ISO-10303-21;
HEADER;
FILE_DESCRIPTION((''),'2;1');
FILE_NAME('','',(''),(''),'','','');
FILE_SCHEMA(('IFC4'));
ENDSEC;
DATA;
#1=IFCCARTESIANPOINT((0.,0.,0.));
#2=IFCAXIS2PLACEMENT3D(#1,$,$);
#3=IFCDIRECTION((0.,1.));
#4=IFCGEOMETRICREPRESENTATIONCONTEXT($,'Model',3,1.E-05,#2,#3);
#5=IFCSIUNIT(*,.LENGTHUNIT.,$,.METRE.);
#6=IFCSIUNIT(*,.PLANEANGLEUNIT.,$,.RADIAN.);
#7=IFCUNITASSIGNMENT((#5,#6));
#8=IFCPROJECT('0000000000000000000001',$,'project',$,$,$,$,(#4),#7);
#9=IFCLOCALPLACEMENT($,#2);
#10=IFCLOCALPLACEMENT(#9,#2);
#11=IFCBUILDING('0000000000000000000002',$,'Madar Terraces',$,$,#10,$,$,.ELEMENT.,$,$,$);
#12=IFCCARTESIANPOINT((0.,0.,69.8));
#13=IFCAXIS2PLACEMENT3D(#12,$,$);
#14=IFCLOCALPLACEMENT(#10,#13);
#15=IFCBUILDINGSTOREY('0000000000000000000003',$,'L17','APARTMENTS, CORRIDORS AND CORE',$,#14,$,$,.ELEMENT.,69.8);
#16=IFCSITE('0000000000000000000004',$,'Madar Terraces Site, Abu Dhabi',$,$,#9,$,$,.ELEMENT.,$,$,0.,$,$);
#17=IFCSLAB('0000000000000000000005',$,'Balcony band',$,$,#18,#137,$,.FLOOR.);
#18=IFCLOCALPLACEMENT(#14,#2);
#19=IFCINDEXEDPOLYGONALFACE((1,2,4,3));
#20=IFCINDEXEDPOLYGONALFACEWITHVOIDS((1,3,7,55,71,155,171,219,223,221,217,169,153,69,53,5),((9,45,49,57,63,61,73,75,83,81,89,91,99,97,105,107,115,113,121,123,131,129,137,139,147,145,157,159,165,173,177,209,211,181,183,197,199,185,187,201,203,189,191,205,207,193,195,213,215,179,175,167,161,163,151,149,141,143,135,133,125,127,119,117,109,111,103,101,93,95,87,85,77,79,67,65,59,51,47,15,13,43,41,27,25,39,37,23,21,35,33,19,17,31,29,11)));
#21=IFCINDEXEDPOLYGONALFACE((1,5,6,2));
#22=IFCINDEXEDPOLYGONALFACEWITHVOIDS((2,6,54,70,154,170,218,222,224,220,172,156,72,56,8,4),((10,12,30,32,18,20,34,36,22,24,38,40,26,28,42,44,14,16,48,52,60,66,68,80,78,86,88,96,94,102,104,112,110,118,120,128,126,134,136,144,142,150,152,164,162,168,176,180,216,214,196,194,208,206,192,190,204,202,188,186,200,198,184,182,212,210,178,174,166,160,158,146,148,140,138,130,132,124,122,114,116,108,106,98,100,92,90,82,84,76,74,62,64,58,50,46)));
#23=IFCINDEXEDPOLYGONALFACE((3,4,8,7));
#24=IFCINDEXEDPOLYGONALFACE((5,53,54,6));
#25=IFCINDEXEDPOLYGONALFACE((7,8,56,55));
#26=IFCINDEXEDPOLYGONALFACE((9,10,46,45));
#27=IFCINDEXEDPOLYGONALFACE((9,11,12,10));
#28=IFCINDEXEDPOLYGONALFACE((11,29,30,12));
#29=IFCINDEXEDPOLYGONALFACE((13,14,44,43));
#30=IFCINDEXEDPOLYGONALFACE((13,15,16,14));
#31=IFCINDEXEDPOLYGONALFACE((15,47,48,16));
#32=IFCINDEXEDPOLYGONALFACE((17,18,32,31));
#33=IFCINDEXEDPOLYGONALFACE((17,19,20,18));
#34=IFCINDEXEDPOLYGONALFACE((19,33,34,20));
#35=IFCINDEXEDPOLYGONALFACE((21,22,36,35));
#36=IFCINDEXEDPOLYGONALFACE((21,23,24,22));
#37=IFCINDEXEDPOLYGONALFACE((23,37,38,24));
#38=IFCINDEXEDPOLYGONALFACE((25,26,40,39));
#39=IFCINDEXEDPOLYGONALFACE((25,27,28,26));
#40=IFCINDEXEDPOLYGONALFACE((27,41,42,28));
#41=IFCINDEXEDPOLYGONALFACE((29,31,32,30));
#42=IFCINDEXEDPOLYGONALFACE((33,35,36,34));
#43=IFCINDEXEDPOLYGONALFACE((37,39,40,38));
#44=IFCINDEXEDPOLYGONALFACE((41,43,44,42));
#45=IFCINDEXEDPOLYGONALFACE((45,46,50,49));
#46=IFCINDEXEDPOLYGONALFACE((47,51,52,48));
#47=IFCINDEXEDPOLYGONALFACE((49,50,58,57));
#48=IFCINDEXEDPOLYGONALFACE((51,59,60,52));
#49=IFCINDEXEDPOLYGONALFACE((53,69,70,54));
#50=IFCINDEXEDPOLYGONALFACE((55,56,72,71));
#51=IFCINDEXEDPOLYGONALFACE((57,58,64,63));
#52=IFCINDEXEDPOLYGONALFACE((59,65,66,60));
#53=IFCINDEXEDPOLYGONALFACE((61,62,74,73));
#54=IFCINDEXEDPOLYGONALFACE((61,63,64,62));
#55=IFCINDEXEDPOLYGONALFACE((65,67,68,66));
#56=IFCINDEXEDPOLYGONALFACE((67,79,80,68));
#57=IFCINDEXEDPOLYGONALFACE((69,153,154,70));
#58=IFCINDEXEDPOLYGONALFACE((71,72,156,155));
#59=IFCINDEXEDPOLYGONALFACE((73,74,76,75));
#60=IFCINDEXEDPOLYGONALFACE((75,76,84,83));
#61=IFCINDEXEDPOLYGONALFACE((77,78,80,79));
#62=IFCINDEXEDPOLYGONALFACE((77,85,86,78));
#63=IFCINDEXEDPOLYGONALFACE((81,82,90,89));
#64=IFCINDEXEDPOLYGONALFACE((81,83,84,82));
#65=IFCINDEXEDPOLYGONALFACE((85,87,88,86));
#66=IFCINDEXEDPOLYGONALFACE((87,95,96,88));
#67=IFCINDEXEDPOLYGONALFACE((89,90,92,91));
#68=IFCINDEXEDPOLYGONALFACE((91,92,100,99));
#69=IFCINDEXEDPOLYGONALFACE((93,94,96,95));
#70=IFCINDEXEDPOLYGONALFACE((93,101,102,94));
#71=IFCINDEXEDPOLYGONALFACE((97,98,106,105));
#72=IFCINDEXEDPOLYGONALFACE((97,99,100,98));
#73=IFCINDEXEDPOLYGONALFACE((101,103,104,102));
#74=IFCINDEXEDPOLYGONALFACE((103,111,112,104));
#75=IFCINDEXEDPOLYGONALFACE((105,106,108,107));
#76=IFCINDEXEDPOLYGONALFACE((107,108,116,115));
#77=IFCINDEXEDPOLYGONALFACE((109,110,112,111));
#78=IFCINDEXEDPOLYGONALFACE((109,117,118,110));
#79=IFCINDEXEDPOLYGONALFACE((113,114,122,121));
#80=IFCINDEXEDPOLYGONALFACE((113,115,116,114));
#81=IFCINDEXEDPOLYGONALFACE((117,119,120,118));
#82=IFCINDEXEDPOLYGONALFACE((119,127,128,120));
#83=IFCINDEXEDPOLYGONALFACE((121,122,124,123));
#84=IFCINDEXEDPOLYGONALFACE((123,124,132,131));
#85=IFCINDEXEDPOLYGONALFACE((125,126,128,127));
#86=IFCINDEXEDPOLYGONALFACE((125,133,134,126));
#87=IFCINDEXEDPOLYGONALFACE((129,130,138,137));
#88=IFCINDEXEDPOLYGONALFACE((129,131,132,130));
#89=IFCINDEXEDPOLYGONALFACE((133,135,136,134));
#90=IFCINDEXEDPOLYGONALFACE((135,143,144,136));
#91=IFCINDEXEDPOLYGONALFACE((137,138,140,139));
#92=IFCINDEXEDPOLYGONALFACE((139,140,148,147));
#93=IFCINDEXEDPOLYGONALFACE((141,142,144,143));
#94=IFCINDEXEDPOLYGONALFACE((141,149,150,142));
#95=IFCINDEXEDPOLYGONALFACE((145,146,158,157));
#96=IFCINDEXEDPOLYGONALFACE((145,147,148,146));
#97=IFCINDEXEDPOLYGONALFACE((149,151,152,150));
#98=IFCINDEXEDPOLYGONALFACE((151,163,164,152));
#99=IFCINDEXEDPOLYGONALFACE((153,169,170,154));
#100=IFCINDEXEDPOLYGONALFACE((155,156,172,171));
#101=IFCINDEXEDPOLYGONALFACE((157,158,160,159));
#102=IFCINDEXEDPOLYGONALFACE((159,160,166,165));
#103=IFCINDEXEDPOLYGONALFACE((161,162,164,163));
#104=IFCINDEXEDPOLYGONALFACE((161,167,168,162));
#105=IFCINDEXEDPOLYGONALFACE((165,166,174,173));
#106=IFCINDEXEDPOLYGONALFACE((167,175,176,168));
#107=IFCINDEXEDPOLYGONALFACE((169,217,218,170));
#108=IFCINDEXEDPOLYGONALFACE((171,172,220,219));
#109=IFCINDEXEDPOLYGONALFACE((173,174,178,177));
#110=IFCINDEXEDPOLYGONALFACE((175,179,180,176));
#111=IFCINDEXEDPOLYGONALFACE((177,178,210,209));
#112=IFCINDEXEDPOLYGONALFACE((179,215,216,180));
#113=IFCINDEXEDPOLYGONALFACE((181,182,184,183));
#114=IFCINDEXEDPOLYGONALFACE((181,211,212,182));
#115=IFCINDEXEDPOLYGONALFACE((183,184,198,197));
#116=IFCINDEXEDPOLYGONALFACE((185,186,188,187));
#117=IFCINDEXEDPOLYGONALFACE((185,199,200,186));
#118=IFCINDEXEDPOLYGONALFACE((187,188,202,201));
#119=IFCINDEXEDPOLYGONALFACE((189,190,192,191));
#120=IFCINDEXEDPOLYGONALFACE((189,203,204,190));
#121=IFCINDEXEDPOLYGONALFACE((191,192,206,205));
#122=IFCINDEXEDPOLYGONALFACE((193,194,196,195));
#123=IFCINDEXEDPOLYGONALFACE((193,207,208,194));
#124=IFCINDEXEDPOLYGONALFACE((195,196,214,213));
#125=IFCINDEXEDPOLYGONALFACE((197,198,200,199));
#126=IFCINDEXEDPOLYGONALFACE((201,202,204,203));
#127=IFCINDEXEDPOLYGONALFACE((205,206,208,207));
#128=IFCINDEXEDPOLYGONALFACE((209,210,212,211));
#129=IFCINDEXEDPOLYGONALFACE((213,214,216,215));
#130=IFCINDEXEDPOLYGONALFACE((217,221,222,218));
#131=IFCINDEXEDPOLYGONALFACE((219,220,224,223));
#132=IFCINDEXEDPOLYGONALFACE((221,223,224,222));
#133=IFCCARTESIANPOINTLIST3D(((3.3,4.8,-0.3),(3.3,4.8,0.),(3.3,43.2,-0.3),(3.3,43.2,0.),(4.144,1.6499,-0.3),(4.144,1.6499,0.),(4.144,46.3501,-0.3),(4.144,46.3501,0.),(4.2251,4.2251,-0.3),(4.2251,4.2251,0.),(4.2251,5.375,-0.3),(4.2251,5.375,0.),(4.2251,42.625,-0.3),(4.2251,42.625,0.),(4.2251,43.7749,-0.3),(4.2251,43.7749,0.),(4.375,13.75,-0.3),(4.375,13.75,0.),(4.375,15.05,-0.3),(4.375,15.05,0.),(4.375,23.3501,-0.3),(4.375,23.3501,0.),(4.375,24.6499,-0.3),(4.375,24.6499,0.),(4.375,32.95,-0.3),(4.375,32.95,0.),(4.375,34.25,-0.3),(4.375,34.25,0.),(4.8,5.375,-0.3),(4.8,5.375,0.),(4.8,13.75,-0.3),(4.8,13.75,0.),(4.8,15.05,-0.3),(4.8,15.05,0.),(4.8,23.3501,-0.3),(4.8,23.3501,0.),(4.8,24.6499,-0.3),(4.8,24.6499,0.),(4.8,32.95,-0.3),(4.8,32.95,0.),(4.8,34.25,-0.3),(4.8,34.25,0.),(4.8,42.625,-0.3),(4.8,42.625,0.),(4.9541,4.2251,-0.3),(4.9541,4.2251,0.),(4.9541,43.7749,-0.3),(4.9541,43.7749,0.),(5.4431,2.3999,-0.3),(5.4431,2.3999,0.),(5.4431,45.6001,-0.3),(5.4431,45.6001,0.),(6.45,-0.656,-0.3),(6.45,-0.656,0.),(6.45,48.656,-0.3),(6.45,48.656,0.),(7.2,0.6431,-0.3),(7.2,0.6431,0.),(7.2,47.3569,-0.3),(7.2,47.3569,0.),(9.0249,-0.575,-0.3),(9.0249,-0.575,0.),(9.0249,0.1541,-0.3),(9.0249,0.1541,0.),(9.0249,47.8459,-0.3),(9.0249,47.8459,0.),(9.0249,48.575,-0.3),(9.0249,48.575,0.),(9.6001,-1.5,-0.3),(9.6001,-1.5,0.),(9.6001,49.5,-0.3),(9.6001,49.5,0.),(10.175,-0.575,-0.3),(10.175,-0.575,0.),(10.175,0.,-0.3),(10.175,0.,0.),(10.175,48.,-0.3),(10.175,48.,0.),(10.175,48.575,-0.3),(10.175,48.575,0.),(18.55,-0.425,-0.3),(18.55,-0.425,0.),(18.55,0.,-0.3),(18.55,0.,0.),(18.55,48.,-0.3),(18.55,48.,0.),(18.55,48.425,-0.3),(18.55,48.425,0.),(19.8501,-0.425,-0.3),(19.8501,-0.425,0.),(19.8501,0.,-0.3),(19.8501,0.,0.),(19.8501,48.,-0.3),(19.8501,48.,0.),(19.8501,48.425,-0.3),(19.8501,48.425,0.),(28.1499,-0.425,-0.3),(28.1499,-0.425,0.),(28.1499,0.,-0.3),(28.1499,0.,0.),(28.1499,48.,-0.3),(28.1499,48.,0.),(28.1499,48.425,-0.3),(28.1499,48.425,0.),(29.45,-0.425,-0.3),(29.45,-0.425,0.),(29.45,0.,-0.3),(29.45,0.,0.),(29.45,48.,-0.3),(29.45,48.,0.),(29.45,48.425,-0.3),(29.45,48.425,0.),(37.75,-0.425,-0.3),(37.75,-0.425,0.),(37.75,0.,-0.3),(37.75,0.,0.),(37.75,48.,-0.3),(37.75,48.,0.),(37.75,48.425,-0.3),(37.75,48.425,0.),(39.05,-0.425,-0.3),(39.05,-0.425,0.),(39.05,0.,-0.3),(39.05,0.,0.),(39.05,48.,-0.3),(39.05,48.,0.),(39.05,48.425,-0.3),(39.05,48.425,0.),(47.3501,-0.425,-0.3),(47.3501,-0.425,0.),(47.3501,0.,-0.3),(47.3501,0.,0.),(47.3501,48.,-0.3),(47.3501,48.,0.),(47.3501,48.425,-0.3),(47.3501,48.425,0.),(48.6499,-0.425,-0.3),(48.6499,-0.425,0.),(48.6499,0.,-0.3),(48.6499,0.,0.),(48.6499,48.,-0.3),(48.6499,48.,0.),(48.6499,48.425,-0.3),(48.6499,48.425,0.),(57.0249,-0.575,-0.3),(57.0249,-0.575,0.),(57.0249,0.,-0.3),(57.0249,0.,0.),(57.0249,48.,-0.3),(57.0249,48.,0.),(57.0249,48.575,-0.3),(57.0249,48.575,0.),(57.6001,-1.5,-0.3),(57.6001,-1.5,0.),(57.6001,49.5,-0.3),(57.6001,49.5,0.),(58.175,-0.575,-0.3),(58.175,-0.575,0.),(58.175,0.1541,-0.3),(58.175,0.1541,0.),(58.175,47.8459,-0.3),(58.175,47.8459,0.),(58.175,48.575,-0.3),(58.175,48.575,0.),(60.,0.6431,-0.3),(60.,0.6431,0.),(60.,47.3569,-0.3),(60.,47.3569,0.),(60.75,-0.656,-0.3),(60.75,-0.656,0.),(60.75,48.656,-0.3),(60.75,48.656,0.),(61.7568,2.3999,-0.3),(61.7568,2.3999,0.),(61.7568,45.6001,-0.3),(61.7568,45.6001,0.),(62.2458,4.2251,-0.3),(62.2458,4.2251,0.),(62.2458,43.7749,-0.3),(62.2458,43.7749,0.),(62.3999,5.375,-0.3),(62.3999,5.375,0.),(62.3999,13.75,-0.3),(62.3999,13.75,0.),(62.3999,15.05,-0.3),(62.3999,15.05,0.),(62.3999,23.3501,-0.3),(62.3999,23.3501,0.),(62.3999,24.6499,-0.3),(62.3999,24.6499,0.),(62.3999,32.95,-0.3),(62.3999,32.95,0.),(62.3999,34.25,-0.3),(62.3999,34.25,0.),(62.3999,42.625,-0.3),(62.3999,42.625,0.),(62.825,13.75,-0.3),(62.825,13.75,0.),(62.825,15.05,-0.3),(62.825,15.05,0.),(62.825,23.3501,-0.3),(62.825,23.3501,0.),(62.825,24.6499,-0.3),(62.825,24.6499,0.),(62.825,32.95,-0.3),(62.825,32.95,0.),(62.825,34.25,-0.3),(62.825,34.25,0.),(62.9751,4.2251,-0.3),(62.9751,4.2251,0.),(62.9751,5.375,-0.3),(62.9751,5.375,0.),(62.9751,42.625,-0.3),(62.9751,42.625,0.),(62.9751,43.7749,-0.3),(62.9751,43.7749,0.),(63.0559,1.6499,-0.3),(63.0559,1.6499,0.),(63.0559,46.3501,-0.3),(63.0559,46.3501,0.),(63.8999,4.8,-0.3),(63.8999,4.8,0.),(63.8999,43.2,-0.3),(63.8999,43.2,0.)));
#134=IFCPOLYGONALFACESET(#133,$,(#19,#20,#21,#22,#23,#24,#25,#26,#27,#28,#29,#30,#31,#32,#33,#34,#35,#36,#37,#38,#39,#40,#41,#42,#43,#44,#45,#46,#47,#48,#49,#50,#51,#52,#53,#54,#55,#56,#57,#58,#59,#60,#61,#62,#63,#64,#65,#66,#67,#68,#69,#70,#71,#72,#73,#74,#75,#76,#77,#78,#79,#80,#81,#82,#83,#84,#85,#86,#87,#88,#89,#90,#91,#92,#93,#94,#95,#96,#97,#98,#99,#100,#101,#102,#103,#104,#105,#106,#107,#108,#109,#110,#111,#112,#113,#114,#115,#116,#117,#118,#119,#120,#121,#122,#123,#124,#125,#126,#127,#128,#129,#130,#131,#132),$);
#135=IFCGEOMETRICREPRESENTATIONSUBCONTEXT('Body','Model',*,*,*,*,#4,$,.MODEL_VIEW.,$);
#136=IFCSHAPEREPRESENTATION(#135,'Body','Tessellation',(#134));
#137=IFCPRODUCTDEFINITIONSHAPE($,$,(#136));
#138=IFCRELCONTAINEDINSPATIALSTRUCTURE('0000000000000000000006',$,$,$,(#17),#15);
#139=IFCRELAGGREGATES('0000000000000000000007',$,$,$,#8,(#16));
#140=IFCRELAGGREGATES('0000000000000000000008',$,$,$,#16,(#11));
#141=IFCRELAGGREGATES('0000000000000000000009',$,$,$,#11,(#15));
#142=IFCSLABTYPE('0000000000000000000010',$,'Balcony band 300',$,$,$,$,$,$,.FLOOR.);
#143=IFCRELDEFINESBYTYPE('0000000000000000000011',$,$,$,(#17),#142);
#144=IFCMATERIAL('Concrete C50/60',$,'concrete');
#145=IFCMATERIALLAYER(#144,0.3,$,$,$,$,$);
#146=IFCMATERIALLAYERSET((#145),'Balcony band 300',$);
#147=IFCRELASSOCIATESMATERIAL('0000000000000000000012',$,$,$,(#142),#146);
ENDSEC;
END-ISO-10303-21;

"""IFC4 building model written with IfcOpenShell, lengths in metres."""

from ifc_helpers import new_model, si_unit, direction, frame, origin, place, context, subcontext, project, spatial, polyline, outline, extrude, material, layer, layer_set, type_object, element, save


model = new_model("IFC4")

# Units and contexts
model_context = context("Model", 3, precision=1e-05, world=origin(), true_north=direction((0.0, 1.0)))
body_context = subcontext(model_context, "Body", "Model", "MODEL_VIEW")
ifc_project = project(units=[si_unit("LENGTHUNIT", "METRE"), si_unit("PLANEANGLEUNIT", "RADIAN")], contexts=[model_context])

# Site, building, storey
site_placement = place(None, origin())
site = spatial("IfcSite", under=ifc_project, at=site_placement, Name="Madar Terraces Site, Abu Dhabi", CompositionType="ELEMENT", RefElevation=0.0)
building_placement = place(site_placement, origin())
building = spatial("IfcBuilding", under=site, at=building_placement, Name="Madar Terraces", CompositionType="ELEMENT")
storey_placement = place(building_placement, frame((0.0, 0.0, 69.8)))
storey = spatial("IfcBuildingStorey", under=building, at=storey_placement, Name="L17", Description="APARTMENTS, CORRIDORS AND CORE", CompositionType="ELEMENT", Elevation=69.8)

# Slab
ifc_material_1 = material(Name="Concrete C50/60", Category="concrete")
ifc_layer_1 = layer(ifc_material_1, 0.3)
ifc_layer_set_1 = layer_set([ifc_layer_1], Name="Balcony band 300")
slab_type_1 = type_object("IfcSlabType", Name="Balcony band 300", PredefinedType="FLOOR", material=ifc_layer_set_1)
slab_1_placement = place(storey_placement, frame((0.0, 0.0, -0.3)))
element("IfcSlab", 1, at=slab_1_placement, inside=storey, type_object=slab_type_1, Name="Balcony band", PredefinedType="FLOOR", context=body_context, shape_type="SweptSolid", body=[
    extrude(outline(polyline([(9.6001, -1.5), (6.45, -0.656), (4.144, 1.6499), (3.3, 4.8), (3.3, 43.2), (4.144, 46.3501), (6.45, 48.656), (9.6001, 49.5), (57.6001, 49.5), (60.75, 48.656), (63.0559, 46.3501), (63.8999, 43.2), (63.8999, 4.8), (63.0559, 1.6499), (60.75, -0.656), (57.6001, -1.5), (9.6001, -1.5)]), holes=[polyline([(10.175, -0.575), (10.175, 0.0), (18.55, 0.0), (18.55, -0.425), (19.8501, -0.425), (19.8501, 0.0), (28.1499, 0.0), (28.1499, -0.425), (29.45, -0.425), (29.45, 0.0), (37.75, 0.0), (37.75, -0.425), (39.05, -0.425), (39.05, 0.0), (47.3501, 0.0), (47.3501, -0.425), (48.6499, -0.425), (48.6499, 0.0), (57.0249, 0.0), (57.0249, -0.575), (58.175, -0.575), (58.175, 0.1541), (60.0, 0.6431), (61.7568, 2.3999), (62.2458, 4.2251), (62.9751, 4.2251), (62.9751, 5.375), (62.3999, 5.375), (62.3999, 13.75), (62.825, 13.75), (62.825, 15.05), (62.3999, 15.05), (62.3999, 23.3501), (62.825, 23.3501), (62.825, 24.6499), (62.3999, 24.6499), (62.3999, 32.95), (62.825, 32.95), (62.825, 34.25), (62.3999, 34.25), (62.3999, 42.625), (62.9751, 42.625), (62.9751, 43.7749), (62.2458, 43.7749), (61.7568, 45.6001), (60.0, 47.3569), (58.175, 47.8459), (58.175, 48.575), (57.0249, 48.575), (57.0249, 48.0), (48.6499, 48.0), (48.6499, 48.425), (47.3501, 48.425), (47.3501, 48.0), (39.05, 48.0), (39.05, 48.425), (37.75, 48.425), (37.75, 48.0), (29.45, 48.0), (29.45, 48.425), (28.1499, 48.425), (28.1499, 48.0), (19.8501, 48.0), (19.8501, 48.425), (18.55, 48.425), (18.55, 48.0), (10.175, 48.0), (10.175, 48.575), (9.0249, 48.575), (9.0249, 47.8459), (7.2, 47.3569), (5.4431, 45.6001), (4.9541, 43.7749), (4.2251, 43.7749), (4.2251, 42.625), (4.8, 42.625), (4.8, 34.25), (4.375, 34.25), (4.375, 32.95), (4.8, 32.95), (4.8, 24.6499), (4.375, 24.6499), (4.375, 23.3501), (4.8, 23.3501), (4.8, 15.05), (4.375, 15.05), (4.375, 13.75), (4.8, 13.75), (4.8, 5.375), (4.2251, 5.375), (4.2251, 4.2251), (4.9541, 4.2251), (5.4431, 2.3999), (7.2, 0.6431), (9.0249, 0.1541), (9.0249, -0.575), (10.175, -0.575)])]), origin(), (0.0, 0.0, 1.0), 0.3),
])

save(model, "model.ifc")
